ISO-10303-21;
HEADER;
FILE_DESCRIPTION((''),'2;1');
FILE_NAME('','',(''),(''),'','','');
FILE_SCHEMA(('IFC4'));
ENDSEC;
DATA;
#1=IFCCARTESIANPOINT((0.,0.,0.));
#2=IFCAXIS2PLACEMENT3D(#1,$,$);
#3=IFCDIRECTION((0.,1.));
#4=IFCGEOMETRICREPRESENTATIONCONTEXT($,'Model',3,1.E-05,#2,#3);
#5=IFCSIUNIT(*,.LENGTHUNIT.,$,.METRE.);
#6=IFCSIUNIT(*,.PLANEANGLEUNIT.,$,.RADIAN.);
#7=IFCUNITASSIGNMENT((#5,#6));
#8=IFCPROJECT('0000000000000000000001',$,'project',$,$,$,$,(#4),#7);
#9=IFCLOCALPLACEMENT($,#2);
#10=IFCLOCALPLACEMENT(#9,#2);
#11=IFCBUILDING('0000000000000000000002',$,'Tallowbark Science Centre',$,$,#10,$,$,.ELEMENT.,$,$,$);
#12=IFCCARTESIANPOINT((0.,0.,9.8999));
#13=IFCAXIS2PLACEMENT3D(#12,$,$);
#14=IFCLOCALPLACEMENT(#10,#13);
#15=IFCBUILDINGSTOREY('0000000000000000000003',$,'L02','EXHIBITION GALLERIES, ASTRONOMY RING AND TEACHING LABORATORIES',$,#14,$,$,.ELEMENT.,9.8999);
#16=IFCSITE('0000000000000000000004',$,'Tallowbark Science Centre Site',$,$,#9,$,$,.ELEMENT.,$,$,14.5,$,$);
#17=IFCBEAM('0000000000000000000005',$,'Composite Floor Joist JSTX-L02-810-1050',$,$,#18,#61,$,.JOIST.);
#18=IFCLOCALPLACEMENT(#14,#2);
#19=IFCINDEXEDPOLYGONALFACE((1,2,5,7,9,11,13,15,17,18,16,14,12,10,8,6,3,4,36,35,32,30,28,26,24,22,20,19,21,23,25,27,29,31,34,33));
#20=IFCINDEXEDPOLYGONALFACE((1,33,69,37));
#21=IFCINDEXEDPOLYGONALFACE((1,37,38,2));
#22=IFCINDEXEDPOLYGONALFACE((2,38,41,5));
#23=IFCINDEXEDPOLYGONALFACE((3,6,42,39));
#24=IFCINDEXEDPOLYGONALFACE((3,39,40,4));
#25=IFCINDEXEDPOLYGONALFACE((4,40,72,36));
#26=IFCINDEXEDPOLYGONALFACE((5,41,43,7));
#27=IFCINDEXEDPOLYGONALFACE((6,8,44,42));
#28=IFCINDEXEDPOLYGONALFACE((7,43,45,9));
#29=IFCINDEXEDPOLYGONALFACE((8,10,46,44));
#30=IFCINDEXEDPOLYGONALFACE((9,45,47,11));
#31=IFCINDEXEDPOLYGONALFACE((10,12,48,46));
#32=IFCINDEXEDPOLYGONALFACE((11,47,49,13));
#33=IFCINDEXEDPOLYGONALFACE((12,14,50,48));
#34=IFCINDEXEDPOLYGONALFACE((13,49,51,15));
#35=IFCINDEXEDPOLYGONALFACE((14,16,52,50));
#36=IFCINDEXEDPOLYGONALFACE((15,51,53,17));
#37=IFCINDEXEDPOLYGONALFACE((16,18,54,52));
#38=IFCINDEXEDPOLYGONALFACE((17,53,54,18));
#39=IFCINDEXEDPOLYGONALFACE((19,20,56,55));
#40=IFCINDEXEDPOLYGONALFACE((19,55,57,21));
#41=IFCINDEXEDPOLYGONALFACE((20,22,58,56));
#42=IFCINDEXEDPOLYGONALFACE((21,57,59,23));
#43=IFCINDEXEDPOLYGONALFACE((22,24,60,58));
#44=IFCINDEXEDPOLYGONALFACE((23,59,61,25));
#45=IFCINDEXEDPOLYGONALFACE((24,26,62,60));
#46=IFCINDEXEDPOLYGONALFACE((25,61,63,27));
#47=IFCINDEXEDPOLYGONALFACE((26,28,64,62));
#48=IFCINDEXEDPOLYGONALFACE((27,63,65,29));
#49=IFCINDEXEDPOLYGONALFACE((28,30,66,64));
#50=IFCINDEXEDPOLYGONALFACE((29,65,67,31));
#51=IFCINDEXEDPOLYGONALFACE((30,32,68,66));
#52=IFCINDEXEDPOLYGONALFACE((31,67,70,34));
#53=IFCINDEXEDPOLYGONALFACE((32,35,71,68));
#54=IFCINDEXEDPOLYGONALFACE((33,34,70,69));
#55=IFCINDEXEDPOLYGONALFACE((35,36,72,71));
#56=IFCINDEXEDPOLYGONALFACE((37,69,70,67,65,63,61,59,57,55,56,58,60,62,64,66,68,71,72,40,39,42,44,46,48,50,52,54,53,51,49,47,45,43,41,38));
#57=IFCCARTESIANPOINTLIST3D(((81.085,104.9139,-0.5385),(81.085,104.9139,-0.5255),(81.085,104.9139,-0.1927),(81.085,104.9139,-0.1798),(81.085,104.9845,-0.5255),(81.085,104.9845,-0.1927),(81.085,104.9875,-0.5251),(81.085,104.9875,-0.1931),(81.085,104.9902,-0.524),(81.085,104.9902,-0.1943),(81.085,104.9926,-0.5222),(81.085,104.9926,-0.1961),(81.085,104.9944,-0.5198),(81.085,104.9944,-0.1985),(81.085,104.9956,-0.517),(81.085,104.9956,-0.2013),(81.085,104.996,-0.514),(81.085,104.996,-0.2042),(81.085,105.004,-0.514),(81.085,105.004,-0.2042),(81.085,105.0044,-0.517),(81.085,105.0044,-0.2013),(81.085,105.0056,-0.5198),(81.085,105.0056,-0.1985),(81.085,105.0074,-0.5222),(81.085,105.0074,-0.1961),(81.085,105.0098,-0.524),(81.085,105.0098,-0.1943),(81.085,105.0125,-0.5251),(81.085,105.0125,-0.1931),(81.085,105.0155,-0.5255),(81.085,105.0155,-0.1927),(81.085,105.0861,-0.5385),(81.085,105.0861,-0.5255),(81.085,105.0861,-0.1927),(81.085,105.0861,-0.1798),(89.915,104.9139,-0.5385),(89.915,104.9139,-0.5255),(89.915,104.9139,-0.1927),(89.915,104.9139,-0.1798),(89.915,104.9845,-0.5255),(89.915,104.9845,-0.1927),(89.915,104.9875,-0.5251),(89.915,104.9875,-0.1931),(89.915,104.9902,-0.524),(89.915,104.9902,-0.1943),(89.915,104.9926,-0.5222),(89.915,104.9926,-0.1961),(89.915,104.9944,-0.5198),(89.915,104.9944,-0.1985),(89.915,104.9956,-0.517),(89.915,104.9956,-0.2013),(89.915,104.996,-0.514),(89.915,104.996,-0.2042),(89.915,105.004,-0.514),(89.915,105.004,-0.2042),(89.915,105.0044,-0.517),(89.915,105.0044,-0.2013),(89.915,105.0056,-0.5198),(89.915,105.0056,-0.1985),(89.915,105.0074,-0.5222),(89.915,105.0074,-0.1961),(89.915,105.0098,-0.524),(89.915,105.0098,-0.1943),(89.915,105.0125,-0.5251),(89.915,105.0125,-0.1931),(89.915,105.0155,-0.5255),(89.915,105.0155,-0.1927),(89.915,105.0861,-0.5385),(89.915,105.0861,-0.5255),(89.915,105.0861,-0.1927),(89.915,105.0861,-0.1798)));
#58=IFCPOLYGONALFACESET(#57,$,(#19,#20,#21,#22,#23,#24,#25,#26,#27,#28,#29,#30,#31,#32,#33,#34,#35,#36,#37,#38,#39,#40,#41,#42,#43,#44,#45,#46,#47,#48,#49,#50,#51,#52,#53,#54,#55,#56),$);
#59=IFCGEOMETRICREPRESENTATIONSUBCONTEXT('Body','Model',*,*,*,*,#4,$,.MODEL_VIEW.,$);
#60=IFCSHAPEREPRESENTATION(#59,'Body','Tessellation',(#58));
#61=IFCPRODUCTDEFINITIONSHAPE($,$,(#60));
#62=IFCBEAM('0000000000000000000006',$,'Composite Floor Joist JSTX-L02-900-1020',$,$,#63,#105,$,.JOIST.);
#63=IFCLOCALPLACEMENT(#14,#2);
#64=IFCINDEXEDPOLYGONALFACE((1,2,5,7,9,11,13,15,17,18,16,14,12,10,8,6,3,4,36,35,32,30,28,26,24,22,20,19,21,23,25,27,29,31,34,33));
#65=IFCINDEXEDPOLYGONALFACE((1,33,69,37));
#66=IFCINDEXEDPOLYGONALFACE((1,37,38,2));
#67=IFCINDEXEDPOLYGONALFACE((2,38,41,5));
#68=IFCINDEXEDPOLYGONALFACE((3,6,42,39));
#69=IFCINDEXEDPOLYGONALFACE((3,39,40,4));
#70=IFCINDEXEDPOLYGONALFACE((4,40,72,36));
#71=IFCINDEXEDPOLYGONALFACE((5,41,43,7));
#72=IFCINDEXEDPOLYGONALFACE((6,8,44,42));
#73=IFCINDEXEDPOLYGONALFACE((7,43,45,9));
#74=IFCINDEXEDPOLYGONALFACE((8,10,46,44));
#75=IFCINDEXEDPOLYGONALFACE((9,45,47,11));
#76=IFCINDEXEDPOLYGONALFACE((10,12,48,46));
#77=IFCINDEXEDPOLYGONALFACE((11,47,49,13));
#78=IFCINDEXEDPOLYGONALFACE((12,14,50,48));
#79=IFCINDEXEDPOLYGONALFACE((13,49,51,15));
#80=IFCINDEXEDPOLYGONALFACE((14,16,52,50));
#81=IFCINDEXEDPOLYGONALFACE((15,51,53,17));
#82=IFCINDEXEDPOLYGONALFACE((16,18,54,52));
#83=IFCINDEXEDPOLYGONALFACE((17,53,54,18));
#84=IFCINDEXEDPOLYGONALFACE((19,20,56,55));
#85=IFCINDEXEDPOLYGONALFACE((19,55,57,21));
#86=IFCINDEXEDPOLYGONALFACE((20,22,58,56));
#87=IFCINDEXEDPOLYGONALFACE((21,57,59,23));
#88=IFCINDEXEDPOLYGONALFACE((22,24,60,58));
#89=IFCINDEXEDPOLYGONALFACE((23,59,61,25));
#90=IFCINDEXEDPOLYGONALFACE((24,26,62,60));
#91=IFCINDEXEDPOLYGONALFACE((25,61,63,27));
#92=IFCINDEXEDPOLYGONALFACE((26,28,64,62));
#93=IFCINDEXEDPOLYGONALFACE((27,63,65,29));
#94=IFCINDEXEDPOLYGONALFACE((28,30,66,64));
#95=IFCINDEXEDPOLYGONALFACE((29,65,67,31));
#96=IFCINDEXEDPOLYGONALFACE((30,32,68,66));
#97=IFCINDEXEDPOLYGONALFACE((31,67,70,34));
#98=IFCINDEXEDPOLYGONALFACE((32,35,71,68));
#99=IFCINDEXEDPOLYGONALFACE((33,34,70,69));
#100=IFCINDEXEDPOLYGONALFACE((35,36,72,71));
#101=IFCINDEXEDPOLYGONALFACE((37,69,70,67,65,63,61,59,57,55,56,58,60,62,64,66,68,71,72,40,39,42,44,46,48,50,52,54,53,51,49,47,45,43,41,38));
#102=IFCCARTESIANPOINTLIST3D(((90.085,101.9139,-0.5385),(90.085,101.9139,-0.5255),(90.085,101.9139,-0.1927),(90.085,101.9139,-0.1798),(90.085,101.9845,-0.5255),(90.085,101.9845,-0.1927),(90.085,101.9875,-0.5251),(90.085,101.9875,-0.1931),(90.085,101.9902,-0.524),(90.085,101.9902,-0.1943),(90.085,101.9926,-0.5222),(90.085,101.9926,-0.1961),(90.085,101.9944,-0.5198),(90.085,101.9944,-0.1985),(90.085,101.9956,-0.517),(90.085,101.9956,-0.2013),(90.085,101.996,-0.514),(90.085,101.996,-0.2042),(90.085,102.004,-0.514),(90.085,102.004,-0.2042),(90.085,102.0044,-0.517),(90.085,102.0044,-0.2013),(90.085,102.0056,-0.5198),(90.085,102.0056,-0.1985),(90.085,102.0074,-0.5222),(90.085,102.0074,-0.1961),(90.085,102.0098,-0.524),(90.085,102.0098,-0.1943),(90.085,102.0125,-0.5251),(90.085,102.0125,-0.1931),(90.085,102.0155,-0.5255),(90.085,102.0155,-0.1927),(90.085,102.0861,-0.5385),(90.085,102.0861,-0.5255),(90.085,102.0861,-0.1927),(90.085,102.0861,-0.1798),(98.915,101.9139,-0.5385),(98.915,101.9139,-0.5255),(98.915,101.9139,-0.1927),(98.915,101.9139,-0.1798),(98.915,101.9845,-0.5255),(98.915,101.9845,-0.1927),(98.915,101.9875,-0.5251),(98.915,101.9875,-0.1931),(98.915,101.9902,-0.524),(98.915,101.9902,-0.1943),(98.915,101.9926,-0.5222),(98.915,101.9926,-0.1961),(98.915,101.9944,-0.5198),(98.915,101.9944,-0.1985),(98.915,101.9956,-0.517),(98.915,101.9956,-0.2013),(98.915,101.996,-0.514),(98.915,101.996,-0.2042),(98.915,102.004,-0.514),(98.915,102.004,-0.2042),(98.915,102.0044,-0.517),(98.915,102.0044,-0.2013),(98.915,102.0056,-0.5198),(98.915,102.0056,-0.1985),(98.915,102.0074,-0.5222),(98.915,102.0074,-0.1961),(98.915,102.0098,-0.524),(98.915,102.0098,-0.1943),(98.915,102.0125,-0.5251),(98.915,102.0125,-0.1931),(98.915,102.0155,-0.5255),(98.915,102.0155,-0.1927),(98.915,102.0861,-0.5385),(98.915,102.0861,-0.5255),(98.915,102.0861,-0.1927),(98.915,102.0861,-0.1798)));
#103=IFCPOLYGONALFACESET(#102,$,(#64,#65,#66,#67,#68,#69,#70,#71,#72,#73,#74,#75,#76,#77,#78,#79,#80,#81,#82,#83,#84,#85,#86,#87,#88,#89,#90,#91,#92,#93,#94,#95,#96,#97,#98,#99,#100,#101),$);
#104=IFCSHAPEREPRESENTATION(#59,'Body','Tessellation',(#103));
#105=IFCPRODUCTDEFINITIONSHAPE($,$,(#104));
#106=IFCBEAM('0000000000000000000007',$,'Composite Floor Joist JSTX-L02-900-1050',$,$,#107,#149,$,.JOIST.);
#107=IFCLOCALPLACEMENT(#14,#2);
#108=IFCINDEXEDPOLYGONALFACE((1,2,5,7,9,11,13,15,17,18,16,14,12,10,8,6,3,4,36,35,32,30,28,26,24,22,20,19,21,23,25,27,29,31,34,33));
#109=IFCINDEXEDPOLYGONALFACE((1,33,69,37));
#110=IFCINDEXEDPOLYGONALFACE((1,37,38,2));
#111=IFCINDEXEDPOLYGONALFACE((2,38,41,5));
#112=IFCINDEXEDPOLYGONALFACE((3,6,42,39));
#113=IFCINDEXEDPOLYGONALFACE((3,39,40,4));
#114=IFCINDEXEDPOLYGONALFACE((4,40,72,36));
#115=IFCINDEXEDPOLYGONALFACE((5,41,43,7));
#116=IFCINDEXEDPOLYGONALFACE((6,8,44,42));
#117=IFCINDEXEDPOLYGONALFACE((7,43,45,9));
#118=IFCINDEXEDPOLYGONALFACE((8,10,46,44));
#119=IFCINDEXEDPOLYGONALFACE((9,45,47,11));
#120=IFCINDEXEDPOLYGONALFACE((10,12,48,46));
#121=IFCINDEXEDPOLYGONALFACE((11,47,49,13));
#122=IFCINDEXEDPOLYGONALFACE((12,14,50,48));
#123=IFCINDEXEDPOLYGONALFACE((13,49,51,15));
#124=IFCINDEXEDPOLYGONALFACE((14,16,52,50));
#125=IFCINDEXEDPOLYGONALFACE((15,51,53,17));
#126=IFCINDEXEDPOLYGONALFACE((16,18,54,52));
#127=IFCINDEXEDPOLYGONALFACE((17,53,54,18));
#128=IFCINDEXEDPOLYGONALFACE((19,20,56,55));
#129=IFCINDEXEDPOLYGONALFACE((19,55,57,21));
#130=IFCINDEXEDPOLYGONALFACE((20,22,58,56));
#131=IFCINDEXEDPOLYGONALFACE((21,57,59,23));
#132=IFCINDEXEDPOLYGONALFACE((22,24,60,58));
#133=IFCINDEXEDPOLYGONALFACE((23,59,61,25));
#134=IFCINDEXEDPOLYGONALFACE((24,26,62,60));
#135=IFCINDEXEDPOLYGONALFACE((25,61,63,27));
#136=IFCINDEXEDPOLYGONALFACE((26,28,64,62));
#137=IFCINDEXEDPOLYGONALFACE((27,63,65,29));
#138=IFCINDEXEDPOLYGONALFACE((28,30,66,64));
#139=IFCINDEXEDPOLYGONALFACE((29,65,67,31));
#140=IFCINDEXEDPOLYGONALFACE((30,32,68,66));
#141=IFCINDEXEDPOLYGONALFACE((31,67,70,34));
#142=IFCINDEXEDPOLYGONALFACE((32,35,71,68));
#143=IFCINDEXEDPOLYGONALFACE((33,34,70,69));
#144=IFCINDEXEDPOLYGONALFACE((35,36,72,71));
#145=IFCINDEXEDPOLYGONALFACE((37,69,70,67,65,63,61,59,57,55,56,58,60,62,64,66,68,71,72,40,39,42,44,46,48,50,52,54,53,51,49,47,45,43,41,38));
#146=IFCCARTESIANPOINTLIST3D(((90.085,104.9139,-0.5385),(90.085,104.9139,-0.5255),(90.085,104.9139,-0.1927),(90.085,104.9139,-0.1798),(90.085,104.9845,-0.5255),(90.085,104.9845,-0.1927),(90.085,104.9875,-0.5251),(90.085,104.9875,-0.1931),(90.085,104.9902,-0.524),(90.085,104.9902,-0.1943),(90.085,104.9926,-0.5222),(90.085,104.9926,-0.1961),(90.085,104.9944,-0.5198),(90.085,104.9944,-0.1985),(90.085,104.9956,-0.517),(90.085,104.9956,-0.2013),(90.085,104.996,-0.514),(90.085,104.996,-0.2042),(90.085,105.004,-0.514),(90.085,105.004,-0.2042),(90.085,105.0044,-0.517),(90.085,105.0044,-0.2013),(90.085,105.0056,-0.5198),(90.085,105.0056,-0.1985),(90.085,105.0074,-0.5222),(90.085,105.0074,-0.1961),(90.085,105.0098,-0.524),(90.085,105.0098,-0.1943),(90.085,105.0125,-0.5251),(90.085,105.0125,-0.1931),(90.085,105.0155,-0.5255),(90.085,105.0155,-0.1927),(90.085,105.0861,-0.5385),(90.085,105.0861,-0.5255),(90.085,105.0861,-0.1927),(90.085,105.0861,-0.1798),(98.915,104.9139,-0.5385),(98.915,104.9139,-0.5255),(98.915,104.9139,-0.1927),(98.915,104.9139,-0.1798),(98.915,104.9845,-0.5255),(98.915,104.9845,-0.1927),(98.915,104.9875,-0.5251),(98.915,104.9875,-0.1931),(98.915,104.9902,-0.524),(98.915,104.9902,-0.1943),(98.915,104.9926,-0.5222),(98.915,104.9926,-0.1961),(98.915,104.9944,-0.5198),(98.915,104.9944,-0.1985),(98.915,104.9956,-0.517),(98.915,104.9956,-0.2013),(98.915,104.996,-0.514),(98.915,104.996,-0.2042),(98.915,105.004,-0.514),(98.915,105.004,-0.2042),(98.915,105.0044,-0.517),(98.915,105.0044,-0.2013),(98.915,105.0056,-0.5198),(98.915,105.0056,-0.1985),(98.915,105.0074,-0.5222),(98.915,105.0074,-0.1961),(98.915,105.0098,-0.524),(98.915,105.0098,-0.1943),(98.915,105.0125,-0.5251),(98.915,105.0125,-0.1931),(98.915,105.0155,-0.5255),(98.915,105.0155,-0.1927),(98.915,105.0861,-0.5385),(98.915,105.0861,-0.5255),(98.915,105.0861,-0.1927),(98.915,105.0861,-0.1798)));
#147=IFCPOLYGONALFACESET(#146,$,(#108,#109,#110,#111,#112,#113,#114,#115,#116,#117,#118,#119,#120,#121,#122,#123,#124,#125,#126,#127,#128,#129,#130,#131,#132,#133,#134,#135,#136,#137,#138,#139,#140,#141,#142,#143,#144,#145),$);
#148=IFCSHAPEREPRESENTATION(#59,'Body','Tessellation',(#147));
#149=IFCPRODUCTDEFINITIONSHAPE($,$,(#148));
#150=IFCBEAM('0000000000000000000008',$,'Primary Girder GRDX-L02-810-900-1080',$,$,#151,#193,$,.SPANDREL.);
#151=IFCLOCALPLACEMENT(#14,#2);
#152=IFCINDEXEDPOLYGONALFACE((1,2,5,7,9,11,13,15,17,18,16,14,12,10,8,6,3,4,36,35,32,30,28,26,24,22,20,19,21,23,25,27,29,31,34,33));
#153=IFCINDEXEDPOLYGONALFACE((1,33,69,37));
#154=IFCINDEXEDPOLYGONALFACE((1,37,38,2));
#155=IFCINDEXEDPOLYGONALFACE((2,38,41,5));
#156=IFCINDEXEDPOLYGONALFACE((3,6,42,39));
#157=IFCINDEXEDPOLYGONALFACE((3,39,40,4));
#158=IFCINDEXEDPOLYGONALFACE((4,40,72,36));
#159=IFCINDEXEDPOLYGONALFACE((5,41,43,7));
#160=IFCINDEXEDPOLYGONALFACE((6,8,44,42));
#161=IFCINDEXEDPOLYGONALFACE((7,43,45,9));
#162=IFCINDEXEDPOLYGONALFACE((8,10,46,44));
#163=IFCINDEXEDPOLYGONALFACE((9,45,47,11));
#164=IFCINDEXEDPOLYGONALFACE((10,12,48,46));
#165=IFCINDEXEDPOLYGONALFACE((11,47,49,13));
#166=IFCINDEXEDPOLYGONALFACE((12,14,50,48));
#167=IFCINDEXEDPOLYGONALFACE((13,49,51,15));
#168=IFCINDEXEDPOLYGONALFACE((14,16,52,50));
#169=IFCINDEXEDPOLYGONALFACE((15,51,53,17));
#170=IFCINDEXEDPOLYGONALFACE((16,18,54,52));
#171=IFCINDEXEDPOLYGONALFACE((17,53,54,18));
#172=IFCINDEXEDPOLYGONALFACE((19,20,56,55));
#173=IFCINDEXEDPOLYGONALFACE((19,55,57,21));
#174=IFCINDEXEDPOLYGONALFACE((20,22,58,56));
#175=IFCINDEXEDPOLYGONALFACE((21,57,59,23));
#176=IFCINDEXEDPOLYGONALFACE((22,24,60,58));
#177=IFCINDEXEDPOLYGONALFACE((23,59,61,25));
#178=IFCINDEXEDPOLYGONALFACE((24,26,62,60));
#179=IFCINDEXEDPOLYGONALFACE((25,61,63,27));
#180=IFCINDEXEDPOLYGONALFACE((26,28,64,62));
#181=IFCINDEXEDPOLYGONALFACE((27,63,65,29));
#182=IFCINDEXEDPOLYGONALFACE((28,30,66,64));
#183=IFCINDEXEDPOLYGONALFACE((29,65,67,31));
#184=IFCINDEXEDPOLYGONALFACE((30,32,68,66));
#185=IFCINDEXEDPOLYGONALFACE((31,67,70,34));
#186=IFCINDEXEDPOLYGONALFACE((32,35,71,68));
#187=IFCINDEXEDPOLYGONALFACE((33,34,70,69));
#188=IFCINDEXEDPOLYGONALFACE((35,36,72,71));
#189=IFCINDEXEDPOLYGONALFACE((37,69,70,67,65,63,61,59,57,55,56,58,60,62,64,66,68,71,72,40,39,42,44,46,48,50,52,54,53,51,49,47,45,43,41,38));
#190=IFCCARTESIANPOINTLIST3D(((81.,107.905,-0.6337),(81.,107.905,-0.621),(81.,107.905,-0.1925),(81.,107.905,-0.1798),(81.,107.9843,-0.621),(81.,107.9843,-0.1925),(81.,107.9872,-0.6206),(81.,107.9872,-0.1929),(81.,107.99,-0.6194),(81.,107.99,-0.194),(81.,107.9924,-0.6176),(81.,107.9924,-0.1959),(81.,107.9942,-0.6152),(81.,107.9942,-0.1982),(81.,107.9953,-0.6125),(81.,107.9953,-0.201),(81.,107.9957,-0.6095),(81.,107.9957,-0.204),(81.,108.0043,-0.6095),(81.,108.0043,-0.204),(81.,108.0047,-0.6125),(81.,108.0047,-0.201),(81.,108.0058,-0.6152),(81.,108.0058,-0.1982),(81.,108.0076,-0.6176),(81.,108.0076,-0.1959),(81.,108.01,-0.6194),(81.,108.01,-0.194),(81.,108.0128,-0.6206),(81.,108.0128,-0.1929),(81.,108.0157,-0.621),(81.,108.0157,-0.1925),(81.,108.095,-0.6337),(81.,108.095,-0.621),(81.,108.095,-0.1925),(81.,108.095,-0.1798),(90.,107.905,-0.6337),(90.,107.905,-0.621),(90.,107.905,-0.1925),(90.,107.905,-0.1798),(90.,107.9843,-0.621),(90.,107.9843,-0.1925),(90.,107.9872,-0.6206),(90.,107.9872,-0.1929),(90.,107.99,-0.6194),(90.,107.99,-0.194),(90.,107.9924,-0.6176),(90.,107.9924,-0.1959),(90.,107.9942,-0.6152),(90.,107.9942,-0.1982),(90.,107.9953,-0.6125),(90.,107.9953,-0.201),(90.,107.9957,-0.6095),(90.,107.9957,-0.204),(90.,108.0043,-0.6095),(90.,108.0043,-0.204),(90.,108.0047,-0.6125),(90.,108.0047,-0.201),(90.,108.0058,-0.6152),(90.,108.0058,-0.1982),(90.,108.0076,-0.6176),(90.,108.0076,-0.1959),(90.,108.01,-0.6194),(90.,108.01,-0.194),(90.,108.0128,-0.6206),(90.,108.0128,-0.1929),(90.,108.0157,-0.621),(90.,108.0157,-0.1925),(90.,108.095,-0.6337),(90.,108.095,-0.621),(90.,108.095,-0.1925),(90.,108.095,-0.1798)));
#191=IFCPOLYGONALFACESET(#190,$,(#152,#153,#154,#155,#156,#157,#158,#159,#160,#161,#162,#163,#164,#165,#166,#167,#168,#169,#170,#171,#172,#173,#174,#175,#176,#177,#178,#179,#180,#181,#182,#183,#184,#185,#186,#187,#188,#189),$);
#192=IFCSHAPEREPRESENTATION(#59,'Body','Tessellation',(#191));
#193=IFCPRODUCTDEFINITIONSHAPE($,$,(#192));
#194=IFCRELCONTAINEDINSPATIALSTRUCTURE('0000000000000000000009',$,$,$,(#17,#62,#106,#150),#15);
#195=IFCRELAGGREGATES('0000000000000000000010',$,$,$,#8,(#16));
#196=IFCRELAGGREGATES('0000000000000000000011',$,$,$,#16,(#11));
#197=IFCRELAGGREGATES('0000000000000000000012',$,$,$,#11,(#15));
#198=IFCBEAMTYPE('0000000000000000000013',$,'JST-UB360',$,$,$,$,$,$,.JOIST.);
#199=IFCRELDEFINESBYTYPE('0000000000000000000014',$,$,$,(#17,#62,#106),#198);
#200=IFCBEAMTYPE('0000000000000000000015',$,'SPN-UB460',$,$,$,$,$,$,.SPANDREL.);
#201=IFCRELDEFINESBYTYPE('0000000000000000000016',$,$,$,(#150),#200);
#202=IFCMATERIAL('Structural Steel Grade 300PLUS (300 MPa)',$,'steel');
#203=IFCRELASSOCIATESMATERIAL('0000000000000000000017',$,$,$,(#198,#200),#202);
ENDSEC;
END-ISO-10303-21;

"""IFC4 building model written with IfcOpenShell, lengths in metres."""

from ifc_helpers import new_model, si_unit, direction, frame, origin, origin_2d, place, context, subcontext, project, spatial, i_section, extrude, material, material_profile, profile_set, type_object, element, save


model = new_model("IFC4")

# Units and contexts
model_context = context("Model", 3, precision=1e-05, world=origin(), true_north=direction((0.0, 1.0)))
body_context = subcontext(model_context, "Body", "Model", "MODEL_VIEW")
ifc_project = project(units=[si_unit("LENGTHUNIT", "METRE"), si_unit("PLANEANGLEUNIT", "RADIAN")], contexts=[model_context])

# Site, building, storey
site_placement = place(None, origin())
site = spatial("IfcSite", under=ifc_project, at=site_placement, Name="Tallowbark Science Centre Site", CompositionType="ELEMENT", RefElevation=14.5)
building_placement = place(site_placement, origin())
building = spatial("IfcBuilding", under=site, at=building_placement, Name="Tallowbark Science Centre", CompositionType="ELEMENT")
storey_placement = place(building_placement, frame((0.0, 0.0, 9.8999)))
storey = spatial("IfcBuildingStorey", under=building, at=storey_placement, Name="L02", Description="EXHIBITION GALLERIES, ASTRONOMY RING AND TEACHING LABORATORIES", CompositionType="ELEMENT", Elevation=9.8999)

# Shared definitions
ifc_material_1 = material(Name="Structural Steel Grade 300PLUS (300 MPa)", Category="steel")

# Beams
ifc_material_profile_1 = material_profile(ifc_material_1, i_section(OverallWidth=0.1721, OverallDepth=0.3586, WebThickness=0.0081, FlangeThickness=0.0129, FilletRadius=0.0115, at=origin_2d()), Name="360UB56.7")
ifc_profile_set_1 = profile_set([ifc_material_profile_1], Name="Structural Steel Grade 300PLUS (300 MPa)")
beam_type_1 = type_object("IfcBeamType", Name="JST-UB360", PredefinedType="JOIST", material=ifc_profile_set_1)
for number, where, z_axis, x_axis, name in (
    (1, (81.085, 105.0, -0.3591), (1.0, 0.0, 0.0), (0.0, 1.0, 0.0), "Composite Floor Joist JSTX-L02-810-1050"),
    (2, (90.085, 102.0, -0.3591), (1.0, 0.0, 0.0), (0.0, 1.0, 0.0), "Composite Floor Joist JSTX-L02-900-1020"),
    (3, (90.085, 105.0, -0.3591), (1.0, 0.0, 0.0), (0.0, 1.0, 0.0), "Composite Floor Joist JSTX-L02-900-1050"),
):
    element("IfcBeam", number, at=place(storey_placement, frame(where, z_axis=z_axis, x_axis=x_axis)), inside=storey, type_object=beam_type_1, Name=name, PredefinedType="JOIST", context=body_context, shape_type="SweptSolid", body=[
        extrude(i_section(OverallWidth=0.1721, OverallDepth=0.3586, WebThickness=0.0081, FlangeThickness=0.0129, FilletRadius=0.0115, at=origin_2d()), origin(), (0.0, 0.0, 1.0), 8.8301),
    ])
ifc_material_profile_2 = material_profile(ifc_material_1, i_section(OverallWidth=0.1899, OverallDepth=0.4539, WebThickness=0.0085, FlangeThickness=0.0127, FilletRadius=0.0115, at=origin_2d()), Name="460UB67.1")
ifc_profile_set_2 = profile_set([ifc_material_profile_2], Name="Structural Steel Grade 300PLUS (300 MPa)")
beam_type_2 = type_object("IfcBeamType", Name="SPN-UB460", PredefinedType="SPANDREL", material=ifc_profile_set_2)
for number, where, z_axis, x_axis, name in (
    (4, (81.0, 108.0, -0.4067), (1.0, 0.0, 0.0), (0.0, 1.0, 0.0), "Primary Girder GRDX-L02-810-900-1080"),
):
    element("IfcBeam", number, at=place(storey_placement, frame(where, z_axis=z_axis, x_axis=x_axis)), inside=storey, type_object=beam_type_2, Name=name, PredefinedType="SPANDREL", context=body_context, shape_type="SweptSolid", body=[
        extrude(i_section(OverallWidth=0.1899, OverallDepth=0.4539, WebThickness=0.0085, FlangeThickness=0.0127, FilletRadius=0.0115, at=origin_2d()), origin(), (0.0, 0.0, 1.0), 9.0),
    ])

save(model, "model.ifc")
